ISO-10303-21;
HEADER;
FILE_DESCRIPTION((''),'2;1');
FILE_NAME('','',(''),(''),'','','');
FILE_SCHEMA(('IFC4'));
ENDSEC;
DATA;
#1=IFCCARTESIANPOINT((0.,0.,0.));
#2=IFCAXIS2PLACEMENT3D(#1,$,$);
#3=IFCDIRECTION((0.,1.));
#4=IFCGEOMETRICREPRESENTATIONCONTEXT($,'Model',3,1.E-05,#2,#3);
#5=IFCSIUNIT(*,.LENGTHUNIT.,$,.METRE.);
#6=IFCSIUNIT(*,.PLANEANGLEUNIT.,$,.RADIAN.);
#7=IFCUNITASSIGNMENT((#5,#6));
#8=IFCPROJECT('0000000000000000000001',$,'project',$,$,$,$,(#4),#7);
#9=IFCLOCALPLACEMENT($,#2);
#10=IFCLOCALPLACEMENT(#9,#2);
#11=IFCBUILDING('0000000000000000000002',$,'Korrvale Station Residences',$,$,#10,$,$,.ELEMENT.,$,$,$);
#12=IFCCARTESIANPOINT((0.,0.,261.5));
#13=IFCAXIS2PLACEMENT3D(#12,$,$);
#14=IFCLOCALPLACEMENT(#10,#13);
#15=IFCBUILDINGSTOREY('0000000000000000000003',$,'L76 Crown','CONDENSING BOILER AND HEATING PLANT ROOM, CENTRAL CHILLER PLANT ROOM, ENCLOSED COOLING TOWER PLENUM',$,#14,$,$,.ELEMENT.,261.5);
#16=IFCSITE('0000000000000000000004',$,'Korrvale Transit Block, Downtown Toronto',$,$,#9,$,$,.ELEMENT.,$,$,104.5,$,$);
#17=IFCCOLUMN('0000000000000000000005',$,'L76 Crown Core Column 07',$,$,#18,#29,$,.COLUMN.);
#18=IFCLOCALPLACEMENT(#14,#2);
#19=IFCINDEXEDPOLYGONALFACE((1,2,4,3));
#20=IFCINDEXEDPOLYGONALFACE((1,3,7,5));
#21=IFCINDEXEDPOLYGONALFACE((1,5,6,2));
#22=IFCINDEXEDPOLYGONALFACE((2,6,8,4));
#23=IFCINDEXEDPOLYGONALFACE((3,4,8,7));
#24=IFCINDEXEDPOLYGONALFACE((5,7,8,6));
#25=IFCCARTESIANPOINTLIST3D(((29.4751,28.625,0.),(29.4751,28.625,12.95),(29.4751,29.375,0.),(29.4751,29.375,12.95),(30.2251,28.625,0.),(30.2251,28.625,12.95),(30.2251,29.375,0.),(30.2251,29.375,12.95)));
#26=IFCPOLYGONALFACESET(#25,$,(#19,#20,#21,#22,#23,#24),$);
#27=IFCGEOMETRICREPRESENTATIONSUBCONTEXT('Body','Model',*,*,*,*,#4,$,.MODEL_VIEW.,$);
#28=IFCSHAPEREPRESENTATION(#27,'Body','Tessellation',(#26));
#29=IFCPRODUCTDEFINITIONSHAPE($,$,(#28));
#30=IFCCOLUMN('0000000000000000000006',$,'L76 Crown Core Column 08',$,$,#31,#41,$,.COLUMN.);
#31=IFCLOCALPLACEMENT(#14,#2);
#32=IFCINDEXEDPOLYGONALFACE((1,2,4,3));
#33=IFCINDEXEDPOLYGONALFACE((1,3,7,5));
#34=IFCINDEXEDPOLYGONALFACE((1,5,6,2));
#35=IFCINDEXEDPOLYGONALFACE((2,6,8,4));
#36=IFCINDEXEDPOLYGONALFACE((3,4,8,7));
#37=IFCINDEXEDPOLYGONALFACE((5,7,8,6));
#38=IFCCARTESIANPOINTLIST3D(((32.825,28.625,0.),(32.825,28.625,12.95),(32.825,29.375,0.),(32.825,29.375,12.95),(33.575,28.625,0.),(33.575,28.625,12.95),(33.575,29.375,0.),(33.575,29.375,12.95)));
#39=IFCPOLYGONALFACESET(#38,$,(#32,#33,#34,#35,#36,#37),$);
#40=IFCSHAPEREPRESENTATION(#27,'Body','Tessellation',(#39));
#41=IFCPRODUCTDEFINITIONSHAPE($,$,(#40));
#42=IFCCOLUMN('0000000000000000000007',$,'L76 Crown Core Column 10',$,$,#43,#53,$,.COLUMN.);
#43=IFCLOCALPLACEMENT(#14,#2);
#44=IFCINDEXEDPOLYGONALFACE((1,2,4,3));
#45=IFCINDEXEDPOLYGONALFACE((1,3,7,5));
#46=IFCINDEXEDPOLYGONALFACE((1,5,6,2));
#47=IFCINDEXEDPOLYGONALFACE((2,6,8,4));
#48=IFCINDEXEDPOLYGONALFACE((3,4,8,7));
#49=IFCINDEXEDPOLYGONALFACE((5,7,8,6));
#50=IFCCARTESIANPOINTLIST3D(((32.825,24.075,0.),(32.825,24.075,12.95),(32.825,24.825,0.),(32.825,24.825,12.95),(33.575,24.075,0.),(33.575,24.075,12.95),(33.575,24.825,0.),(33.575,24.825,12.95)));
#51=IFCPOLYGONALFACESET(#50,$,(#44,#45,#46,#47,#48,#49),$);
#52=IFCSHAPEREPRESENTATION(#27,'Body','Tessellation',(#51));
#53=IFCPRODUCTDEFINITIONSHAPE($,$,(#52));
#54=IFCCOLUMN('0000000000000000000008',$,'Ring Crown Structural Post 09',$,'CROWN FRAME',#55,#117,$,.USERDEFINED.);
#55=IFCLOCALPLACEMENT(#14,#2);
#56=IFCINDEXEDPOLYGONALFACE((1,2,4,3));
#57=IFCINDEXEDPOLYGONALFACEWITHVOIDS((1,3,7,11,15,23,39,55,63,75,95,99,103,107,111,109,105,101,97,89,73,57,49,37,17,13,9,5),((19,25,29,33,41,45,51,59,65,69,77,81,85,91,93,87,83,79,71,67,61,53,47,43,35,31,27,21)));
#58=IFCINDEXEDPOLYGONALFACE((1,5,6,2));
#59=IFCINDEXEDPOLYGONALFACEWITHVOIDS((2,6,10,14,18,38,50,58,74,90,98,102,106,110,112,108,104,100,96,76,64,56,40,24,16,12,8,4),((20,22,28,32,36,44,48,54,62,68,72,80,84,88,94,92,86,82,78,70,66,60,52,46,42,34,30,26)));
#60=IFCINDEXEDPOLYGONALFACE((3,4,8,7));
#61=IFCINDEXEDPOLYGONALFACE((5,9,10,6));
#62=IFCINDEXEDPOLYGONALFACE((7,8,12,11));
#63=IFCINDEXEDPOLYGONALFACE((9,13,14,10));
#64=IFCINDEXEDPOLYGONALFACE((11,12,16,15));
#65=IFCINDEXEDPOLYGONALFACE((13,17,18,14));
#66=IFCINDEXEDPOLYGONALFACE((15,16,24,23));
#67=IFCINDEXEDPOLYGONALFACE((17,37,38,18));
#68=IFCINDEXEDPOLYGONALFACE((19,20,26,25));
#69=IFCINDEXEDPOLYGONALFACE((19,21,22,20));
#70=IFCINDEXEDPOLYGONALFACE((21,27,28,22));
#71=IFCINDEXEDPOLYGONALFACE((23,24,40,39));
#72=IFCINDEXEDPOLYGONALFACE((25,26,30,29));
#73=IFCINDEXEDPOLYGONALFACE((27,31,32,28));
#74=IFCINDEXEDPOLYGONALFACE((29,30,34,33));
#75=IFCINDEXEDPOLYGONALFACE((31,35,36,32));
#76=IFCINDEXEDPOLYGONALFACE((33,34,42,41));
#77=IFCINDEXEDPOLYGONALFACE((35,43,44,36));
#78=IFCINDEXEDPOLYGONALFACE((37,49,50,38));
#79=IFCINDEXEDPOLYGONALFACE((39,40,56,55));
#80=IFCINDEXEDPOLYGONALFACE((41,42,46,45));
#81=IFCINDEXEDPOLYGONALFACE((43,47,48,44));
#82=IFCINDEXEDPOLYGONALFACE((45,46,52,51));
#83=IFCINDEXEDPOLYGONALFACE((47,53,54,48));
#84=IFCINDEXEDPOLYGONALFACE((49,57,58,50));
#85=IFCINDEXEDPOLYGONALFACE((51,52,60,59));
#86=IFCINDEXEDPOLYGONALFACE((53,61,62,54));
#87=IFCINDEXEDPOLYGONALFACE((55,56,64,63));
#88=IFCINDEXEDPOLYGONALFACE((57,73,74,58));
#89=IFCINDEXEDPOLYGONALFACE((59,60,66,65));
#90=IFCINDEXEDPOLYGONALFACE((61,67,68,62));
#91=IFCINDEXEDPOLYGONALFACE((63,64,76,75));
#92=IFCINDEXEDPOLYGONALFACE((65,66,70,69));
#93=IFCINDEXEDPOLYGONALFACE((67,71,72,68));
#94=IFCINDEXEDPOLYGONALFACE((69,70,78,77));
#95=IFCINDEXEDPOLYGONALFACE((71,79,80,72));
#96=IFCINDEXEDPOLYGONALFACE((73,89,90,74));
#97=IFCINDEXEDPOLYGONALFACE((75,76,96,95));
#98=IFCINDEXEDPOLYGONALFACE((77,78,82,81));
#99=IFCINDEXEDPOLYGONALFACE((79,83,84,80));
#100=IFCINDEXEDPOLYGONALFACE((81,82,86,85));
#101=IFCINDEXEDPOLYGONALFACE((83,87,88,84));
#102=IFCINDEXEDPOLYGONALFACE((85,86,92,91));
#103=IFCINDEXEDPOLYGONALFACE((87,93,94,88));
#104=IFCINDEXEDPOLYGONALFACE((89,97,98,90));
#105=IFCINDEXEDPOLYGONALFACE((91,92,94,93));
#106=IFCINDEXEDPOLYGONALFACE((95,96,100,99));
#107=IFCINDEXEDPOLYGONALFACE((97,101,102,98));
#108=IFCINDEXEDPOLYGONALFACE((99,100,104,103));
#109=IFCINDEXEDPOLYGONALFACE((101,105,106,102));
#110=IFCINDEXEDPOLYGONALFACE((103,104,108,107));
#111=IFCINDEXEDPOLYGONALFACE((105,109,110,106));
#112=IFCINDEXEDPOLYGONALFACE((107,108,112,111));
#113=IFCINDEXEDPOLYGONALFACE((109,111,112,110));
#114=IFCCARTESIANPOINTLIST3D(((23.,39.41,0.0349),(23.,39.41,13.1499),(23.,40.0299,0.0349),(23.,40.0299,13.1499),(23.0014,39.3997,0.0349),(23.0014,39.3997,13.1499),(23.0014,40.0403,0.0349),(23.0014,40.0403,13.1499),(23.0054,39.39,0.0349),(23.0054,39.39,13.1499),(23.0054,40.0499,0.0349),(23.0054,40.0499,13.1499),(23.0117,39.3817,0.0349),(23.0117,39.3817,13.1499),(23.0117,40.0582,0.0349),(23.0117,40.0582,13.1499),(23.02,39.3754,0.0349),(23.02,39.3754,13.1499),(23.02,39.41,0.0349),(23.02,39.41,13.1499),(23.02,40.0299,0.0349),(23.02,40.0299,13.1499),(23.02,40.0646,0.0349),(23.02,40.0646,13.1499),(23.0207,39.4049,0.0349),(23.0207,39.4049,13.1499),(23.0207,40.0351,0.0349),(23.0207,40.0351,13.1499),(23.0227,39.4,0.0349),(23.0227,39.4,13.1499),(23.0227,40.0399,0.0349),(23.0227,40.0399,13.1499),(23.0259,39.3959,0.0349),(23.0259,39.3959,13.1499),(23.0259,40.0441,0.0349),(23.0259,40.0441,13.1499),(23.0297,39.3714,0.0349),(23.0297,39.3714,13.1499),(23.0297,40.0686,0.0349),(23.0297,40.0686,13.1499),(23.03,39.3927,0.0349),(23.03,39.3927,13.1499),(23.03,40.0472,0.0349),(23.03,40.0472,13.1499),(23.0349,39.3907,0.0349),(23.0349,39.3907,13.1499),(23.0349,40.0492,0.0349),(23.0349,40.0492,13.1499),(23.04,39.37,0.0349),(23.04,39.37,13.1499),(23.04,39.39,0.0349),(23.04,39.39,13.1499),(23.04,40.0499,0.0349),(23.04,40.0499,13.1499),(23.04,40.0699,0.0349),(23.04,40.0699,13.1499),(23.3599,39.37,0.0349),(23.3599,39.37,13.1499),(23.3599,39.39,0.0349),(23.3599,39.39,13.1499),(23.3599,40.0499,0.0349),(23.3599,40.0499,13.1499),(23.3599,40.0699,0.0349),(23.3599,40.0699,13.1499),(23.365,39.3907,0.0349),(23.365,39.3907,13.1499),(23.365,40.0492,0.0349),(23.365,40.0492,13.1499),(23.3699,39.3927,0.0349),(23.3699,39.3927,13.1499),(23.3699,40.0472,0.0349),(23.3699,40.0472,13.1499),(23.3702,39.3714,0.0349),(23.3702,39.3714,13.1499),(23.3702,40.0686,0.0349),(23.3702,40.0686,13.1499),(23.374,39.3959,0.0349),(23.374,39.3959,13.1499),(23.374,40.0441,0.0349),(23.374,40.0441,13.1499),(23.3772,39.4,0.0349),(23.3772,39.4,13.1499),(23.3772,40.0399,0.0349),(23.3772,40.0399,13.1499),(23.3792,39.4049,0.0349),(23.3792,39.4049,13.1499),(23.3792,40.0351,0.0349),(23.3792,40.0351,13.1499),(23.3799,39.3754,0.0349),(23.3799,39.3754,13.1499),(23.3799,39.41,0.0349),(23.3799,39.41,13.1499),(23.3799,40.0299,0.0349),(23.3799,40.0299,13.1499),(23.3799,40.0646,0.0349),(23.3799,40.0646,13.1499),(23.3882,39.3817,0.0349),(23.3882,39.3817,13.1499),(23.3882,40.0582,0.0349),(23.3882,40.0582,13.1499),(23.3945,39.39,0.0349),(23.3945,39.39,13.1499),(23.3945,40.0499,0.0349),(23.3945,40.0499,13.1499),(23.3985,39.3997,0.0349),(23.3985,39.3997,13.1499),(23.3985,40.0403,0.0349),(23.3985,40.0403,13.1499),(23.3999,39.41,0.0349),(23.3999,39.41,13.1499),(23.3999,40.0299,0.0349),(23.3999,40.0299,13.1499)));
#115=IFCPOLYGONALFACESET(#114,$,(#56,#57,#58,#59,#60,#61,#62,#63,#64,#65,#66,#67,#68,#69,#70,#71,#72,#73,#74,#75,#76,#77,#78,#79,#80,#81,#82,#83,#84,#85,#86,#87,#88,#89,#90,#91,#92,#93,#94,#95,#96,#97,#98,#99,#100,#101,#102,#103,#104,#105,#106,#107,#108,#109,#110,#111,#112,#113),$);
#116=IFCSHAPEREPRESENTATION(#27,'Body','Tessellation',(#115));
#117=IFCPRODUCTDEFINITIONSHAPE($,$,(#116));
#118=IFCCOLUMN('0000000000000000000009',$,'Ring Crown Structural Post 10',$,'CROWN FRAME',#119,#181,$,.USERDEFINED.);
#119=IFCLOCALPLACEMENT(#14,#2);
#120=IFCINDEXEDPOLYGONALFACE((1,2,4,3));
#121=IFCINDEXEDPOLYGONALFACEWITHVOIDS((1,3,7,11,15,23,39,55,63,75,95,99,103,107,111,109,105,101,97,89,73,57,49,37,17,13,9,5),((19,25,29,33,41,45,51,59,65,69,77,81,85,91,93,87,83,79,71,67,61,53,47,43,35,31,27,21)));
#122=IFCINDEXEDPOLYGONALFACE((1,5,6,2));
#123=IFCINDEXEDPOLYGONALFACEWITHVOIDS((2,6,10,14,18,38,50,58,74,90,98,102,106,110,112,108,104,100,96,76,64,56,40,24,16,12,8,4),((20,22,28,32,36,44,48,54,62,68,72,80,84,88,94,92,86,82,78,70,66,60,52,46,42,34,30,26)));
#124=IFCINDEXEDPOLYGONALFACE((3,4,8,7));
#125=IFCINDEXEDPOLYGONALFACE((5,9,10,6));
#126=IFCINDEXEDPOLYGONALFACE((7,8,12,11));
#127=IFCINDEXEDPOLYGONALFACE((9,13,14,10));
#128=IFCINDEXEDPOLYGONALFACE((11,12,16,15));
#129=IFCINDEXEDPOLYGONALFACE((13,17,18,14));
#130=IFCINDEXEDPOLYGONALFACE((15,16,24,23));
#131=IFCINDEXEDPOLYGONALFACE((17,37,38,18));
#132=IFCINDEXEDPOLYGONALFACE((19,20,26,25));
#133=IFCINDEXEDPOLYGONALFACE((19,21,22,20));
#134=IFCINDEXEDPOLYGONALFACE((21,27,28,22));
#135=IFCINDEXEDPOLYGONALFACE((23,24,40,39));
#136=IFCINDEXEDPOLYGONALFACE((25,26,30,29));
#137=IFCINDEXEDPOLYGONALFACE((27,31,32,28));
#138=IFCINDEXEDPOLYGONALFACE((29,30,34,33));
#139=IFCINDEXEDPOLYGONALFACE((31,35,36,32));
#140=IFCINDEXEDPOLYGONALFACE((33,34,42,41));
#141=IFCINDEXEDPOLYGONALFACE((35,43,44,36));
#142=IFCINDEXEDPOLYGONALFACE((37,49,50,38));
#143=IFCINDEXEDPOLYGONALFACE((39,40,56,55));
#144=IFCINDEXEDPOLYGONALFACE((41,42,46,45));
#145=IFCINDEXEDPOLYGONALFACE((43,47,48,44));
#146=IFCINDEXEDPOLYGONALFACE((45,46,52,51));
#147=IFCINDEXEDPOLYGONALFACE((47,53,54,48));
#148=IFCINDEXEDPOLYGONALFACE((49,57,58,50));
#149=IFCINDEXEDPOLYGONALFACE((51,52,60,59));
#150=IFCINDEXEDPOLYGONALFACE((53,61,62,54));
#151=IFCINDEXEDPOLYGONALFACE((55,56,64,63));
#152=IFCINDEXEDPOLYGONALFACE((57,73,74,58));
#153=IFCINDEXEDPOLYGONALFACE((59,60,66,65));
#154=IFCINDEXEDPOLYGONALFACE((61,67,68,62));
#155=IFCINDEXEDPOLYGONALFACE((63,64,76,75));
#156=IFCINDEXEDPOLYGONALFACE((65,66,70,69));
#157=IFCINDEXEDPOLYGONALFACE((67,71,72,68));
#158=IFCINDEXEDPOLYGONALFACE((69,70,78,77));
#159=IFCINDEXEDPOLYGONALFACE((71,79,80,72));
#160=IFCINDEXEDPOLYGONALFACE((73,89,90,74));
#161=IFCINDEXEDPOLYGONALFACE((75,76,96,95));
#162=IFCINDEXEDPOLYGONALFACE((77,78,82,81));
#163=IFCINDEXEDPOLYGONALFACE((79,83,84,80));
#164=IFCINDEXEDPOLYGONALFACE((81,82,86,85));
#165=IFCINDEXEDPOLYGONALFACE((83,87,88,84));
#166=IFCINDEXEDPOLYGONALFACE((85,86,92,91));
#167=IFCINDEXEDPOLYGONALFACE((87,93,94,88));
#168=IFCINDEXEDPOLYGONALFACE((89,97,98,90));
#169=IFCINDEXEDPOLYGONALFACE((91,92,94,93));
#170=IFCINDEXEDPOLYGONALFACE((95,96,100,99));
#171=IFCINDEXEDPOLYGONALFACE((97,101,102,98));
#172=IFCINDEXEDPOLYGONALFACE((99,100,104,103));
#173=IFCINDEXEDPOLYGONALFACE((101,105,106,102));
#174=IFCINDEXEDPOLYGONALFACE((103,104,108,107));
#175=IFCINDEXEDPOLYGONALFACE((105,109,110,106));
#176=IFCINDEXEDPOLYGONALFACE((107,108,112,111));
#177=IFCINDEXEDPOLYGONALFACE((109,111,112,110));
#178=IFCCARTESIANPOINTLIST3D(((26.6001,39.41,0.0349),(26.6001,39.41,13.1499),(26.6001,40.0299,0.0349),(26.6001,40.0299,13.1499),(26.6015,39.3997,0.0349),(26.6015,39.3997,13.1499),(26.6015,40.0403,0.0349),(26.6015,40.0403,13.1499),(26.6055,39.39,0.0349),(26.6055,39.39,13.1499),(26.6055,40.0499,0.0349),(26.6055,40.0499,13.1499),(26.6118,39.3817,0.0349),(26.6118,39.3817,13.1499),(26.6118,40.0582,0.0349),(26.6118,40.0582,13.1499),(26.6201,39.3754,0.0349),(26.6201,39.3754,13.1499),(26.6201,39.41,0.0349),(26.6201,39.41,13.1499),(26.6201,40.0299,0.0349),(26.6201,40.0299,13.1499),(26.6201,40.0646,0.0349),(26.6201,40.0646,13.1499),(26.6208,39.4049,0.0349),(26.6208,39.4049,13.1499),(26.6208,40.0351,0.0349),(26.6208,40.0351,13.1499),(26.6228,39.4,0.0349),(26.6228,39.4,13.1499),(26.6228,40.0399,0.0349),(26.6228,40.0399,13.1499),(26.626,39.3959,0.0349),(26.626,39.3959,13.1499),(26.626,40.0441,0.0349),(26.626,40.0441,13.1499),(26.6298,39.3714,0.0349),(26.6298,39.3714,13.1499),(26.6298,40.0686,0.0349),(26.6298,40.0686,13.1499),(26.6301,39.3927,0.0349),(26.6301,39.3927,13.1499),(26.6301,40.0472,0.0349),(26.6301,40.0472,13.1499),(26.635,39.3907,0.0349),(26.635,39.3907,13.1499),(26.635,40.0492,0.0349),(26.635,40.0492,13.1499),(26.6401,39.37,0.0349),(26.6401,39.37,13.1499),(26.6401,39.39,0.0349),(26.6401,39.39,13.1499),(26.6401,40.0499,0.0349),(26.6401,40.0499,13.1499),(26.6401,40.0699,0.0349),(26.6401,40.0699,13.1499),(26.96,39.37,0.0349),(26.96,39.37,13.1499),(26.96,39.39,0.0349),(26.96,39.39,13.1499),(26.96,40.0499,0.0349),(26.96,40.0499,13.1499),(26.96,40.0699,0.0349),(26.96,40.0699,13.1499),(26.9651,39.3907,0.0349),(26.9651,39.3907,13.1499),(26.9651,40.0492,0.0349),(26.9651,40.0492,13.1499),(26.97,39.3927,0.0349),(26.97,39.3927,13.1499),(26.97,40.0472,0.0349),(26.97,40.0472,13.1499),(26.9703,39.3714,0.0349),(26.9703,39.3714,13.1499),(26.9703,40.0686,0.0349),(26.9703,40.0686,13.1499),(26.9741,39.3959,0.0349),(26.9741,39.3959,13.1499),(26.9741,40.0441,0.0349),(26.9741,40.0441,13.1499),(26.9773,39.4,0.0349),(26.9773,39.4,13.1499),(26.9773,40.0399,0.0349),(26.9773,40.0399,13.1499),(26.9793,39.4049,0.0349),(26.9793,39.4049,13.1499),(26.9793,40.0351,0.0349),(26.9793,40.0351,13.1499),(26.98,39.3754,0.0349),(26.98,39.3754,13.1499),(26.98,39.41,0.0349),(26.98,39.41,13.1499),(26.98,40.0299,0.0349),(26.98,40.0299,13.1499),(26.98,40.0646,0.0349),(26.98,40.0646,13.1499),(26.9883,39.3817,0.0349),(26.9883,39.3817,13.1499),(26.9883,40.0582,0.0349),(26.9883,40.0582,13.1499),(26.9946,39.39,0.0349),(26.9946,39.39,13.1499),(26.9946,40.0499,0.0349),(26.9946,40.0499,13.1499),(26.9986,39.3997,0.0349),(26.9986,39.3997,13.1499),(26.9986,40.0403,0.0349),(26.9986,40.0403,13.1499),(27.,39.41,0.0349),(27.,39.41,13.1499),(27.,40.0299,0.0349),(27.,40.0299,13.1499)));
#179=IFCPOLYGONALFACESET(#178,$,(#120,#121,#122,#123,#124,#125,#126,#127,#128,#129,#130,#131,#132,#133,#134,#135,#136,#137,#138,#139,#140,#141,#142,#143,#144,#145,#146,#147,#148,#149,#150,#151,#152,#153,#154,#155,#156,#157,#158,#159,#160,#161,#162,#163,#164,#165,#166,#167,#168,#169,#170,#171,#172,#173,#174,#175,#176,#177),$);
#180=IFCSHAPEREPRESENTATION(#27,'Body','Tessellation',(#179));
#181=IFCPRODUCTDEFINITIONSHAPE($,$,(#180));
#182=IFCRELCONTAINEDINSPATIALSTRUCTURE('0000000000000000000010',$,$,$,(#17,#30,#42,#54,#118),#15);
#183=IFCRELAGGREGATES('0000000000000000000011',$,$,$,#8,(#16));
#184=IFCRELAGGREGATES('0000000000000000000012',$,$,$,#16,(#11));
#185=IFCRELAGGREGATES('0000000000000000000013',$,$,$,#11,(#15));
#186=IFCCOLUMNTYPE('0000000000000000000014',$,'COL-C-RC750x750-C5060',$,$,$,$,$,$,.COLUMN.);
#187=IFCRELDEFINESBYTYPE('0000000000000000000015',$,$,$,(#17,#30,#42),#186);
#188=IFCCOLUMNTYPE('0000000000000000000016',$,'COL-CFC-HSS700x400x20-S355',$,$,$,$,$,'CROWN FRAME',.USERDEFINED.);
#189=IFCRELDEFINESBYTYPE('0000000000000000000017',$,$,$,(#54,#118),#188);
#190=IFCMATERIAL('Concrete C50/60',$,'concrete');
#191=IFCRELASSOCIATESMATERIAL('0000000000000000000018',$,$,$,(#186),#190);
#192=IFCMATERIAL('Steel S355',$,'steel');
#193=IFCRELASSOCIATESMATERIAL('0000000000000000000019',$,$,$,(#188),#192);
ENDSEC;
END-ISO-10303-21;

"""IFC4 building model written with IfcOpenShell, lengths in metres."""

from ifc_helpers import new_model, si_unit, direction, frame, origin, origin_2d, place, context, subcontext, project, spatial, rectangle, hollow_rectangle, extrude, material, material_profile, profile_set, type_object, element, save


model = new_model("IFC4")

# Units and contexts
model_context = context("Model", 3, precision=1e-05, world=origin(), true_north=direction((0.0, 1.0)))
body_context = subcontext(model_context, "Body", "Model", "MODEL_VIEW")
ifc_project = project(units=[si_unit("LENGTHUNIT", "METRE"), si_unit("PLANEANGLEUNIT", "RADIAN")], contexts=[model_context])

# Site, building, storey
site_placement = place(None, origin())
site = spatial("IfcSite", under=ifc_project, at=site_placement, Name="Korrvale Transit Block, Downtown Toronto", CompositionType="ELEMENT", RefElevation=104.5)
building_placement = place(site_placement, origin())
building = spatial("IfcBuilding", under=site, at=building_placement, Name="Korrvale Station Residences", CompositionType="ELEMENT")
storey_placement = place(building_placement, frame((0.0, 0.0, 261.5)))
storey = spatial("IfcBuildingStorey", under=building, at=storey_placement, Name="L76 Crown", Description="CONDENSING BOILER AND HEATING PLANT ROOM, CENTRAL CHILLER PLANT ROOM, ENCLOSED COOLING TOWER PLENUM", CompositionType="ELEMENT", Elevation=261.5)

# Columns
ifc_material_1 = material(Name="Concrete C50/60", Category="concrete")
ifc_material_profile_1 = material_profile(ifc_material_1, rectangle(XDim=0.75, YDim=0.75, at=origin_2d()), Name="RC750x750")
ifc_profile_set_1 = profile_set([ifc_material_profile_1], Name="Concrete C50/60")
column_type_1 = type_object("IfcColumnType", Name="COL-C-RC750x750-C5060", PredefinedType="COLUMN", material=ifc_profile_set_1)
for number, where, z_axis, x_axis, name in (
    (1, (29.8501, 29.0, 0.0), (0.0, 0.0, 1.0), (1.0, 0.0, 0.0), "L76 Crown Core Column 07"),
    (2, (33.2, 29.0, 0.0), (0.0, 0.0, 1.0), (1.0, 0.0, 0.0), "L76 Crown Core Column 08"),
    (3, (33.2, 24.45, 0.0), (0.0, 0.0, 1.0), (1.0, 0.0, 0.0), "L76 Crown Core Column 10"),
):
    element("IfcColumn", number, at=place(storey_placement, frame(where, z_axis=z_axis, x_axis=x_axis)), inside=storey, type_object=column_type_1, Name=name, PredefinedType="COLUMN", context=body_context, shape_type="SweptSolid", body=[
        extrude(rectangle(XDim=0.75, YDim=0.75, at=origin_2d()), origin(), (0.0, 0.0, 1.0), 12.95),
    ])
ifc_material_2 = material(Name="Steel S355", Category="steel")
ifc_material_profile_2 = material_profile(ifc_material_2, hollow_rectangle(XDim=0.3999, YDim=0.7, WallThickness=0.02, InnerFilletRadius=0.02, OuterFilletRadius=0.04, at=origin_2d()), Name="HSS700x400x20")
ifc_profile_set_2 = profile_set([ifc_material_profile_2], Name="Steel S355")
column_type_2 = type_object("IfcColumnType", Name="COL-CFC-HSS700x400x20-S355", ElementType="CROWN FRAME", PredefinedType="USERDEFINED", material=ifc_profile_set_2)
for number, where, z_axis, x_axis, name in (
    (4, (23.2, 39.72, 0.0349), (0.0, 0.0, 1.0), (1.0, 0.0, 0.0), "Ring Crown Structural Post 09"),
    (5, (26.8, 39.72, 0.0349), (0.0, 0.0, 1.0), (1.0, 0.0, 0.0), "Ring Crown Structural Post 10"),
):
    element("IfcColumn", number, at=place(storey_placement, frame(where, z_axis=z_axis, x_axis=x_axis)), inside=storey, type_object=column_type_2, Name=name, ObjectType="CROWN FRAME", PredefinedType="USERDEFINED", context=body_context, shape_type="SweptSolid", body=[
        extrude(hollow_rectangle(XDim=0.3999, YDim=0.7, WallThickness=0.02, InnerFilletRadius=0.02, OuterFilletRadius=0.04, at=origin_2d()), origin(), (0.0, 0.0, 1.0), 13.115),
    ])

save(model, "model.ifc")
